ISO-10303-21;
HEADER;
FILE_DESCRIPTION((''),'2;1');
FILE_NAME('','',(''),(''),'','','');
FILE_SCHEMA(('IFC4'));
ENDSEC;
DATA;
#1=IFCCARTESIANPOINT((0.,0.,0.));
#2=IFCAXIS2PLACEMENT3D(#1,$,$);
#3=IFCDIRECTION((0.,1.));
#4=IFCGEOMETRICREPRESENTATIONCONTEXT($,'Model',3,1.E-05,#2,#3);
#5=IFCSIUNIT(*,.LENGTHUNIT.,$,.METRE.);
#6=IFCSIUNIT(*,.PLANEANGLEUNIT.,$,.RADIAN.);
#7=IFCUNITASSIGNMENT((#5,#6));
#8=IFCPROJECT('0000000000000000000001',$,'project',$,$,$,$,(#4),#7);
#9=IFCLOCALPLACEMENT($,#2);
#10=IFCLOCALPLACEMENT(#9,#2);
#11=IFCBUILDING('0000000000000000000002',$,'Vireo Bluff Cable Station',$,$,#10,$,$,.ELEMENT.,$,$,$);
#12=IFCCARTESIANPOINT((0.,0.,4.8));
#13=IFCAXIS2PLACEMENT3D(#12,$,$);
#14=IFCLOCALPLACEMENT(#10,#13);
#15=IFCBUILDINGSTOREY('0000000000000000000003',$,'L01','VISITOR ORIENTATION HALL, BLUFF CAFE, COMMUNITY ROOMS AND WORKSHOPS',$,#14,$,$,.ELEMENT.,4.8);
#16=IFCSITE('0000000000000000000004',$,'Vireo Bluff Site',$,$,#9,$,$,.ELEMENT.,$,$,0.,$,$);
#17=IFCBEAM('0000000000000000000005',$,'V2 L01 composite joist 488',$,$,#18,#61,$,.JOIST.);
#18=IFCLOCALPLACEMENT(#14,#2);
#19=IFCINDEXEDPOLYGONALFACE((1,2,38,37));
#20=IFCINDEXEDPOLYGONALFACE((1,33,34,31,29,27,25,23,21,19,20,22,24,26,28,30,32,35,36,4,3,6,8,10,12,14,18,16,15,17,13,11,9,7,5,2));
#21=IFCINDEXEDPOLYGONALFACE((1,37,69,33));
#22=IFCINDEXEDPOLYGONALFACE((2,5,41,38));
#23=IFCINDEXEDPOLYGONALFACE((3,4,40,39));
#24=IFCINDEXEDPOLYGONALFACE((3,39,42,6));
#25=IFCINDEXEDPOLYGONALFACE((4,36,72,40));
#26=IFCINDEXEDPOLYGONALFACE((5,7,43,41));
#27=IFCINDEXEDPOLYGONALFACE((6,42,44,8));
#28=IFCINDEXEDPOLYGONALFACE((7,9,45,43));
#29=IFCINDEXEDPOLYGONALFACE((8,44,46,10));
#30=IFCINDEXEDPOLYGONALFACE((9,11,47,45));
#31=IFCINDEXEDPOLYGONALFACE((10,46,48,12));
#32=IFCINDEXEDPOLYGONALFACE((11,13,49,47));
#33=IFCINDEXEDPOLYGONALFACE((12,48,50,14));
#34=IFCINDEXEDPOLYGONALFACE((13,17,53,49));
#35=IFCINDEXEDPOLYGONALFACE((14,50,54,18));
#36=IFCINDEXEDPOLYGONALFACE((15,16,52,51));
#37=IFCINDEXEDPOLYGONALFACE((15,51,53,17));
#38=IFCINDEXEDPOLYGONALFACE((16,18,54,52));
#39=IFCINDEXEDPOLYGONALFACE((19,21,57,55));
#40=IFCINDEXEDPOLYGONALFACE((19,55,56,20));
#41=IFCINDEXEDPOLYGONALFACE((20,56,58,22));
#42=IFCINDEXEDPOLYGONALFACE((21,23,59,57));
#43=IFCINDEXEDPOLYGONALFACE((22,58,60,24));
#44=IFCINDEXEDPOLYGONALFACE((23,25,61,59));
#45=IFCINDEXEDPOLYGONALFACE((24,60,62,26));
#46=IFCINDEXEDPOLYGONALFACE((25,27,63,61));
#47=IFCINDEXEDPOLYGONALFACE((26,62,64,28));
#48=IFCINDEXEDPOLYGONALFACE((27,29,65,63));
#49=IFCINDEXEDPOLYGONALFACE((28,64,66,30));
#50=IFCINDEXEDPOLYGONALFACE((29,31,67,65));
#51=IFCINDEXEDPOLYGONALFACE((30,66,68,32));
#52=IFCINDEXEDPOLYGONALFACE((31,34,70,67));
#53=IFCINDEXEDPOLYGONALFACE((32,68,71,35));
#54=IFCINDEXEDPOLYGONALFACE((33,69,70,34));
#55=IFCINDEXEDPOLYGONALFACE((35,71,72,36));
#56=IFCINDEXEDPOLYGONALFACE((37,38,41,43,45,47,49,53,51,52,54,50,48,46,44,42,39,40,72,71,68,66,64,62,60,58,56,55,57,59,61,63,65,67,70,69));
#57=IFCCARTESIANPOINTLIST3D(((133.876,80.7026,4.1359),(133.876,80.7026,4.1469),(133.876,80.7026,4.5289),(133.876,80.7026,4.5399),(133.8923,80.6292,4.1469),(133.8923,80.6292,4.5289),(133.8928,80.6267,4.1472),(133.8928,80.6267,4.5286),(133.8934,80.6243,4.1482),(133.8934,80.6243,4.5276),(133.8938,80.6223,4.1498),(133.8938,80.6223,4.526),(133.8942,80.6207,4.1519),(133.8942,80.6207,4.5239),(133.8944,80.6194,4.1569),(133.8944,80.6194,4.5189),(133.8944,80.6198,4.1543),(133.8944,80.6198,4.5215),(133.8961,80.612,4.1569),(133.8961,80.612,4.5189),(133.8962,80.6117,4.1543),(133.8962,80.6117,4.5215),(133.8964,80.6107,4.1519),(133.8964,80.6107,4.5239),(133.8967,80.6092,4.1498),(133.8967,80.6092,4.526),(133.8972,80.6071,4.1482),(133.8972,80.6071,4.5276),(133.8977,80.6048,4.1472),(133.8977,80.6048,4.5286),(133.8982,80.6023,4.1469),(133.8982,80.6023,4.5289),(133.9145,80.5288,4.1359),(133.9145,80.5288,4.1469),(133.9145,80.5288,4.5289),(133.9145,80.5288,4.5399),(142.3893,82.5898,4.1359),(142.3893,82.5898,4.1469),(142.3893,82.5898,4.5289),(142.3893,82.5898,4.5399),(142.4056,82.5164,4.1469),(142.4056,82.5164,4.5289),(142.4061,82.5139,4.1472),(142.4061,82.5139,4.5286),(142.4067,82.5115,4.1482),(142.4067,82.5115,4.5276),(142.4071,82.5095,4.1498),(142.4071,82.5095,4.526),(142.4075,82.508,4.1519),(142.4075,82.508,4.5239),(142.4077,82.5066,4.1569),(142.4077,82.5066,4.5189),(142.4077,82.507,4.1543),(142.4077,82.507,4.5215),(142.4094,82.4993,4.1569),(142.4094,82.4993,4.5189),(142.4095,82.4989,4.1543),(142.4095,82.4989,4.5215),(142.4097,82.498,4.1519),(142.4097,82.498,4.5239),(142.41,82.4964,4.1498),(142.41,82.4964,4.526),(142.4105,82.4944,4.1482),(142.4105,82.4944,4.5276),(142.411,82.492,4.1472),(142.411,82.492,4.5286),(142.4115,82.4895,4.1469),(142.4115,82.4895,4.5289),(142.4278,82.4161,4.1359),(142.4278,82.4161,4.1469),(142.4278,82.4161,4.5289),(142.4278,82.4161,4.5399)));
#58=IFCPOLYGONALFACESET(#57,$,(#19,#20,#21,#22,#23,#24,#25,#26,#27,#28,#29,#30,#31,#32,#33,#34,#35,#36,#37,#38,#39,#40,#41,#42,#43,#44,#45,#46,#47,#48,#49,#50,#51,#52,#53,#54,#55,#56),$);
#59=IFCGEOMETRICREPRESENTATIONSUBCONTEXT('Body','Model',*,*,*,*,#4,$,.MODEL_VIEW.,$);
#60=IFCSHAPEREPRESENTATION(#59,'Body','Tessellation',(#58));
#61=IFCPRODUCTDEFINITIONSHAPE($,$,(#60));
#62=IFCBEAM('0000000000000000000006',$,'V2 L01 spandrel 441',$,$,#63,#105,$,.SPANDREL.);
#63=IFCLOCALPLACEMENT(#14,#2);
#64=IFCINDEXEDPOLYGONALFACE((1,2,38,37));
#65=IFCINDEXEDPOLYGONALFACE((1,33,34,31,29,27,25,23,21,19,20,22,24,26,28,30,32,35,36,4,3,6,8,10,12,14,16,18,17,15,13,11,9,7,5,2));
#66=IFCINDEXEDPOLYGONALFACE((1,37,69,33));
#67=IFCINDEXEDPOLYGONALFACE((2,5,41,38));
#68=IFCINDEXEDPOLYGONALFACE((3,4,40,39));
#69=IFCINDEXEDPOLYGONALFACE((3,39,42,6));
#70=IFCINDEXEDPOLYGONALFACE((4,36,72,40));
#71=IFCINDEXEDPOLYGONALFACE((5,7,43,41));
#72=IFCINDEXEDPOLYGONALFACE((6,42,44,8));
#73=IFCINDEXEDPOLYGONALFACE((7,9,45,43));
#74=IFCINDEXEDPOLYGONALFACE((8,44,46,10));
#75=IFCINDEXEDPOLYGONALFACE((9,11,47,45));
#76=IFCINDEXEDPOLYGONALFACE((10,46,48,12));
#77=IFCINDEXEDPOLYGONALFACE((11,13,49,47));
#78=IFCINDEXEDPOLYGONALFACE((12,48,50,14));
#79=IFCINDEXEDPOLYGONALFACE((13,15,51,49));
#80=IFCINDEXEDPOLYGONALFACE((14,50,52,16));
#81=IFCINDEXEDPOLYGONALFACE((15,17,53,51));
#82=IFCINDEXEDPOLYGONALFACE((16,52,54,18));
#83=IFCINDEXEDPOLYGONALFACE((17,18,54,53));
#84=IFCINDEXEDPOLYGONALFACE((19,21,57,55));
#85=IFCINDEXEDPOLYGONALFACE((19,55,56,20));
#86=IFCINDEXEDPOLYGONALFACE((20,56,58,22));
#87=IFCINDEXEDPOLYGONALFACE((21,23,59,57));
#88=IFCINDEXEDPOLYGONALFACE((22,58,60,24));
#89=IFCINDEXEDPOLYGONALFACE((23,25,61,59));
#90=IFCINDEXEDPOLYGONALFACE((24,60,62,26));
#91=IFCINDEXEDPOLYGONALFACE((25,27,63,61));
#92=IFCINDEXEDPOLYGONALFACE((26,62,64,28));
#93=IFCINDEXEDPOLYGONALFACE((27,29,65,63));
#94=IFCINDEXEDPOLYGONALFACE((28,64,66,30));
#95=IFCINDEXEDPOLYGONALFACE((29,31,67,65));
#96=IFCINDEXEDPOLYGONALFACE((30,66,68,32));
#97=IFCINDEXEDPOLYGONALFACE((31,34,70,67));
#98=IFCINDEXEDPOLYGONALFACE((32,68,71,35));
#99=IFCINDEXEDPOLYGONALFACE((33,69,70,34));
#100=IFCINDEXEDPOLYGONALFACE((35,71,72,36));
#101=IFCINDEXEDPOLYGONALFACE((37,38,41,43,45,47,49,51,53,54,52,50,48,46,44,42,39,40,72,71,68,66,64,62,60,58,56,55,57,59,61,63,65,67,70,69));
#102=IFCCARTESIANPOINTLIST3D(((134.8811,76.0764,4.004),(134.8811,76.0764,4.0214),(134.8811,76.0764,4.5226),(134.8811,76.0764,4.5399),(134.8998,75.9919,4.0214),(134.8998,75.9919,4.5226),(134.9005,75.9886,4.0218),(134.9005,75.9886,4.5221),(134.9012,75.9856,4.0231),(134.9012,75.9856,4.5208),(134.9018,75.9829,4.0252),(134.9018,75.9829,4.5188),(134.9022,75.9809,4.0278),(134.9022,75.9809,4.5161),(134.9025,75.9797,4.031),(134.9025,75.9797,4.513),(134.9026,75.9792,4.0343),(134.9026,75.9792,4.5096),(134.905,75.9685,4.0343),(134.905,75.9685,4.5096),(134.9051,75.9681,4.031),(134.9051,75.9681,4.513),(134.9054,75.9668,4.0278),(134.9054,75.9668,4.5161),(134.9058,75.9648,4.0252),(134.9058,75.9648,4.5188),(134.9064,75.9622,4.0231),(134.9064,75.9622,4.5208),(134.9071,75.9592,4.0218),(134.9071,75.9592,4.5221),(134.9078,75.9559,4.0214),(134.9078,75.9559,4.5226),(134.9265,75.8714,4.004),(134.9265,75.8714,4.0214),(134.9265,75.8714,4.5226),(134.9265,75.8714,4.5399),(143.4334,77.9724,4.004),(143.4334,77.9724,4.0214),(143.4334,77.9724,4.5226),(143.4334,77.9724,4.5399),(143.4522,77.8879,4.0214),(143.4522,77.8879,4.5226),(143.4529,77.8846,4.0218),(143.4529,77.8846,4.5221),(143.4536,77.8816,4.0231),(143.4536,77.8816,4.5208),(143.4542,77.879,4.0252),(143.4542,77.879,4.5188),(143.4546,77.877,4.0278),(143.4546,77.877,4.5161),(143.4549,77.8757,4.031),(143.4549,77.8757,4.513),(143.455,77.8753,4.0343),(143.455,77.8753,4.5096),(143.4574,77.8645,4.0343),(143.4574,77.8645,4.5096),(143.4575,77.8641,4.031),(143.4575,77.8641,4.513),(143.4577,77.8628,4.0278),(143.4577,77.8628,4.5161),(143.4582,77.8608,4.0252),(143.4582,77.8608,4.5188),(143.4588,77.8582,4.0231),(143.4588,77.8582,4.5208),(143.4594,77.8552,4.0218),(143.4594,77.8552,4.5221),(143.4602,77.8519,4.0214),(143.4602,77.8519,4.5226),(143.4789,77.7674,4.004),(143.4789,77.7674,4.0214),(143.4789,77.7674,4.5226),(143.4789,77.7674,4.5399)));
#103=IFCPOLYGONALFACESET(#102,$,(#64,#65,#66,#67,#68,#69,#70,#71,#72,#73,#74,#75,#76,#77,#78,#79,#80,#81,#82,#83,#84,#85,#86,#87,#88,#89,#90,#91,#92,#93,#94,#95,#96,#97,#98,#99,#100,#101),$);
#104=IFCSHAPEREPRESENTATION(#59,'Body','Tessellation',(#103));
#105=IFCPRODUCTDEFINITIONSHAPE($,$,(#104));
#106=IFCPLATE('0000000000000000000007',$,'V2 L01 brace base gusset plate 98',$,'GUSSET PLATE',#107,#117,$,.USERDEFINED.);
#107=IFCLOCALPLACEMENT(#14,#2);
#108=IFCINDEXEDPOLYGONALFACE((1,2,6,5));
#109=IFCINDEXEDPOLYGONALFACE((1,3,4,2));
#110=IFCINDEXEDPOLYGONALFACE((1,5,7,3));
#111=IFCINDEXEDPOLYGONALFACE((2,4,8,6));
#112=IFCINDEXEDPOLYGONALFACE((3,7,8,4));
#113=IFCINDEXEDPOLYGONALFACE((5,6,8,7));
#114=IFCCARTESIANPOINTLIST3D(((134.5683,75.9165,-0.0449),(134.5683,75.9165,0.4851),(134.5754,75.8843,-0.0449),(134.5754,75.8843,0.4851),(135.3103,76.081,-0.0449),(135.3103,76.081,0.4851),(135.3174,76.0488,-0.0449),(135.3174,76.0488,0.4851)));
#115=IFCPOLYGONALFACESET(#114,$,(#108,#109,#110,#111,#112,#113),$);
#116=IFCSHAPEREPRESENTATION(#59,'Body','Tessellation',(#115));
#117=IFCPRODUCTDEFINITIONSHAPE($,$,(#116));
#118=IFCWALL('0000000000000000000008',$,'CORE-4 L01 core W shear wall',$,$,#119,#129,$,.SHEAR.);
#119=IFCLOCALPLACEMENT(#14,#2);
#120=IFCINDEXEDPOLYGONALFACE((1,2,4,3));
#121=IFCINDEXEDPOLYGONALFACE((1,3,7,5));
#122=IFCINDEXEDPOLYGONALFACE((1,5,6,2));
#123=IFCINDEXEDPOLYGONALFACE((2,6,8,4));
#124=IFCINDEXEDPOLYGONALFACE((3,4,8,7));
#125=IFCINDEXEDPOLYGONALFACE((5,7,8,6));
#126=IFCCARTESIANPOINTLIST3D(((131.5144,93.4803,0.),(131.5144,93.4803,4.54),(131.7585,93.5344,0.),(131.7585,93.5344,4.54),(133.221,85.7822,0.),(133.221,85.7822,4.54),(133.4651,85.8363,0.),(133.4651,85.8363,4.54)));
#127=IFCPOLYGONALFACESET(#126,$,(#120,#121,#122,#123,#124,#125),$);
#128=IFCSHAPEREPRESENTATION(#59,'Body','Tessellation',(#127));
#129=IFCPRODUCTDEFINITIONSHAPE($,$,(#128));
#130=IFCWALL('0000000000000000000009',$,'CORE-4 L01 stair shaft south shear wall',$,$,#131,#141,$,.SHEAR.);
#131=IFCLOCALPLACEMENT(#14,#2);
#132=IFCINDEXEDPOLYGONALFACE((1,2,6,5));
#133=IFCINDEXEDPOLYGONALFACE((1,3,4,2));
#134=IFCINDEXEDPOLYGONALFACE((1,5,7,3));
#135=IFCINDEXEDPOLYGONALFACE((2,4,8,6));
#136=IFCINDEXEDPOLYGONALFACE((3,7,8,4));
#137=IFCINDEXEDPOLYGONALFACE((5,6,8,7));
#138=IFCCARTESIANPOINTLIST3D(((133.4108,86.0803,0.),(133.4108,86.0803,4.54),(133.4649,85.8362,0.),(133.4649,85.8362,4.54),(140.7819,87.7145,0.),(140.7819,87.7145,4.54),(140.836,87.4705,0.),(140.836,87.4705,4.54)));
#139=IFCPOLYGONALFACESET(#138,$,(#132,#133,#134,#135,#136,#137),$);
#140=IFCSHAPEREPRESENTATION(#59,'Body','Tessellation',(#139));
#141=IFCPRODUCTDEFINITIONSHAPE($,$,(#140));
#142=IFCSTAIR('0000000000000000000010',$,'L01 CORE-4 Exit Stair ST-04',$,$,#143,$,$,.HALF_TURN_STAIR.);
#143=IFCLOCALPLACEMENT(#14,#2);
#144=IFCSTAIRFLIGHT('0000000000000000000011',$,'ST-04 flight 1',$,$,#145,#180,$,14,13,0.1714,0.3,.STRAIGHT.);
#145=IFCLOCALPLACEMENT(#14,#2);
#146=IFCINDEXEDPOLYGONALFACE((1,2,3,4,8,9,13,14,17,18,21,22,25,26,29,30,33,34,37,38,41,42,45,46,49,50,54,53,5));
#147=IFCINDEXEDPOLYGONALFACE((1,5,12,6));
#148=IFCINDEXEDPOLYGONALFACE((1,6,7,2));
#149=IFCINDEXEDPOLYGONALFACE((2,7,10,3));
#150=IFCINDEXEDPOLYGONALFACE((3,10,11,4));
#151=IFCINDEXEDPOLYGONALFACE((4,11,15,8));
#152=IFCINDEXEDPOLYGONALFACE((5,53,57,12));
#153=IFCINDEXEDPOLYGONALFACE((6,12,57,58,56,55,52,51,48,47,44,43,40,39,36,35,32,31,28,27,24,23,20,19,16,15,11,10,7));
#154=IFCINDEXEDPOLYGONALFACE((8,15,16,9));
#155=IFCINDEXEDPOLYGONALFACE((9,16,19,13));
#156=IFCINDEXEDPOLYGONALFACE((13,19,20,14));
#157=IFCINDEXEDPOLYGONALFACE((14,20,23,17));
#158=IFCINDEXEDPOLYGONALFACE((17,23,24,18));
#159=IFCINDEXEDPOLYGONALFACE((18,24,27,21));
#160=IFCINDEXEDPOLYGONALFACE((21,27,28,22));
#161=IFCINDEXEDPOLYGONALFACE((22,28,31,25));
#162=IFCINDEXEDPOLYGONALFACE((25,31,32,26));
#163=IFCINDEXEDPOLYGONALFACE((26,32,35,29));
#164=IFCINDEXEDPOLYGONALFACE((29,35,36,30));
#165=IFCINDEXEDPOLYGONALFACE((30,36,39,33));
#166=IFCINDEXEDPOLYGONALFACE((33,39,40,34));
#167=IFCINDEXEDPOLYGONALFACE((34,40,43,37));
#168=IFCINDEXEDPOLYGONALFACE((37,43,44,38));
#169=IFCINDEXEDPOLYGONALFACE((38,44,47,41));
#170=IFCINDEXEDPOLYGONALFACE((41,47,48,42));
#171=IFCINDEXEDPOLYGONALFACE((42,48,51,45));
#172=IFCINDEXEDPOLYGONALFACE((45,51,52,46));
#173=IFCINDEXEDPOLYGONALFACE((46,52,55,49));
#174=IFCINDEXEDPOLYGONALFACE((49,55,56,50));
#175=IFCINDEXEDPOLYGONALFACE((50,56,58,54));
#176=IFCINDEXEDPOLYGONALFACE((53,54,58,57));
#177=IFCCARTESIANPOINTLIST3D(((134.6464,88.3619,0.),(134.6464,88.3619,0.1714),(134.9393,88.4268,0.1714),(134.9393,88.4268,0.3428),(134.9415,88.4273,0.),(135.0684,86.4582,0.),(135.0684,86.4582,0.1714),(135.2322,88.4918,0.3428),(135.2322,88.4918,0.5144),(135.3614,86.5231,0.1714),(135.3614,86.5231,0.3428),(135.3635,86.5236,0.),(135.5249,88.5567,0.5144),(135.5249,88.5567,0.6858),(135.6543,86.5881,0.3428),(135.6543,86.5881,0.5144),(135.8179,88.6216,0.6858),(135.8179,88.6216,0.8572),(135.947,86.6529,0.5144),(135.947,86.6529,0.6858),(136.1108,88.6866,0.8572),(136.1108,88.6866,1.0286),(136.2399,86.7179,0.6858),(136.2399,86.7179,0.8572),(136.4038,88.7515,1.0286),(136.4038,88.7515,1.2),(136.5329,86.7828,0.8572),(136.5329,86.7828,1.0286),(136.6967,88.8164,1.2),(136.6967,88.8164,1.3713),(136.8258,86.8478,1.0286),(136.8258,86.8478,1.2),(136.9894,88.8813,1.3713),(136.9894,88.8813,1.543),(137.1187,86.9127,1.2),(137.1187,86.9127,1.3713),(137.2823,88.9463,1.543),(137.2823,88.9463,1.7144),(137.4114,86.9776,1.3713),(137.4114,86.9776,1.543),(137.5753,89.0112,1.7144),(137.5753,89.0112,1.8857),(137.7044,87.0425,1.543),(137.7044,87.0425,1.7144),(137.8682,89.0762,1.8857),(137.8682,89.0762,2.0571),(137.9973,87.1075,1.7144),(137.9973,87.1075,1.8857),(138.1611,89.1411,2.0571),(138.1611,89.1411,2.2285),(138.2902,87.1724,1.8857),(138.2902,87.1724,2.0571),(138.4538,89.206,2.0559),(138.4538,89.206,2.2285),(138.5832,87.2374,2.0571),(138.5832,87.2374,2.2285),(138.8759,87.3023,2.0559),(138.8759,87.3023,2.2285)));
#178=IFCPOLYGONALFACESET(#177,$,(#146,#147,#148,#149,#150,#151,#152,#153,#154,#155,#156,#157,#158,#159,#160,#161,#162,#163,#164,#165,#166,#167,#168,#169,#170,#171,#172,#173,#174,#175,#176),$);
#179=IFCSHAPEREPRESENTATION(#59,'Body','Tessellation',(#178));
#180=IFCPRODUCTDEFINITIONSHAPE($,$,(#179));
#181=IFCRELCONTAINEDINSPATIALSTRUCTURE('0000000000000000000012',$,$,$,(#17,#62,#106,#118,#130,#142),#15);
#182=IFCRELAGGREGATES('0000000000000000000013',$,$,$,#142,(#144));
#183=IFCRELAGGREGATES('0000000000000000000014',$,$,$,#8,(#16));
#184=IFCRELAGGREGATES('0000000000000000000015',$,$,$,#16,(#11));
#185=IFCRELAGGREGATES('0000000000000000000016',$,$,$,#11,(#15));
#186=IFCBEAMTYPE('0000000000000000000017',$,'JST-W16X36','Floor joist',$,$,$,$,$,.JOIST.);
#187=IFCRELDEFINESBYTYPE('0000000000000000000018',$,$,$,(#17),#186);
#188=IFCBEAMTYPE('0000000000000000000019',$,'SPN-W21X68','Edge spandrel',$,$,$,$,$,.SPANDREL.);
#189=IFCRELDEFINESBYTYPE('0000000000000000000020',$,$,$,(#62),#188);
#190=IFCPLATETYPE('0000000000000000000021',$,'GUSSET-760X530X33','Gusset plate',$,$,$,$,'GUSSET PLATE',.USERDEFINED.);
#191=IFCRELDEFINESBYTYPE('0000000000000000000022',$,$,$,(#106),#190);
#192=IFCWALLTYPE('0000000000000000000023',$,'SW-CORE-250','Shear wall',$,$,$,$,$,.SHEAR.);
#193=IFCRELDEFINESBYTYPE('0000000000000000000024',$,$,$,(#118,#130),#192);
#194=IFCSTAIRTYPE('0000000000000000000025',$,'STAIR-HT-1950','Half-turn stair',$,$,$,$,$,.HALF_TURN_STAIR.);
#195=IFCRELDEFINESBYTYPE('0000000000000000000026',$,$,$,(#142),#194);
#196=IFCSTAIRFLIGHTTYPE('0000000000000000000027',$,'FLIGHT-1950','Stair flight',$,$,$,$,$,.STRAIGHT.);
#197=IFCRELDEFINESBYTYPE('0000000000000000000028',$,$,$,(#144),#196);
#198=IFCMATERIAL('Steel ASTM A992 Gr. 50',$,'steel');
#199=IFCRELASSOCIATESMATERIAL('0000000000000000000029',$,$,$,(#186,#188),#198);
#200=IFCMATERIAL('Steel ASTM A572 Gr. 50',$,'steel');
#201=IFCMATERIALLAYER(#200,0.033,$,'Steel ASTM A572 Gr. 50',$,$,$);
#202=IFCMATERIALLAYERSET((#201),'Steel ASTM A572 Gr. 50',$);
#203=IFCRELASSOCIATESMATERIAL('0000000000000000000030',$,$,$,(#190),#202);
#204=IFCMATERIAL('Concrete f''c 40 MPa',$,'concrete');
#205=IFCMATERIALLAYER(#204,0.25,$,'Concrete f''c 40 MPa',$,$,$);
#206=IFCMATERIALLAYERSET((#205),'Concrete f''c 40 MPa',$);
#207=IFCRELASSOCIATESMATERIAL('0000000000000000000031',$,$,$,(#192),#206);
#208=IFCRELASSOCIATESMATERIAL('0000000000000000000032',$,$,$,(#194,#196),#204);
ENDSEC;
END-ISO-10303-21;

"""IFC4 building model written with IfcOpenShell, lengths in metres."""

from ifc_helpers import new_model, si_unit, direction, frame, frame_2d, origin, origin_2d, place, context, subcontext, project, spatial, polyline, rectangle, i_section, outline, extrude, material, layer, layer_set, material_profile, profile_set, type_object, element, aggregate, save


model = new_model("IFC4")

# Units and contexts
model_context = context("Model", 3, precision=1e-05, world=origin(), true_north=direction((0.0, 1.0)))
body_context = subcontext(model_context, "Body", "Model", "MODEL_VIEW")
ifc_project = project(units=[si_unit("LENGTHUNIT", "METRE"), si_unit("PLANEANGLEUNIT", "RADIAN")], contexts=[model_context])

# Site, building, storey
site_placement = place(None, origin())
site = spatial("IfcSite", under=ifc_project, at=site_placement, Name="Vireo Bluff Site", CompositionType="ELEMENT", RefElevation=0.0)
building_placement = place(site_placement, origin())
building = spatial("IfcBuilding", under=site, at=building_placement, Name="Vireo Bluff Cable Station", CompositionType="ELEMENT")
storey_placement = place(building_placement, frame((0.0, 0.0, 4.8)))
storey = spatial("IfcBuildingStorey", under=building, at=storey_placement, Name="L01", Description="VISITOR ORIENTATION HALL, BLUFF CAFE, COMMUNITY ROOMS AND WORKSHOPS", CompositionType="ELEMENT", Elevation=4.8)

# Shared definitions
ifc_material_1 = material(Name="Steel ASTM A992 Gr. 50", Category="steel")

# Beams
ifc_material_profile_1 = material_profile(ifc_material_1, i_section(OverallWidth=0.178, OverallDepth=0.4041, WebThickness=0.0076, FlangeThickness=0.011, FilletRadius=0.01, at=origin_2d()), Name="W16X36")
ifc_profile_set_1 = profile_set([ifc_material_profile_1], Name="Steel ASTM A992 Gr. 50")
beam_type_1 = type_object("IfcBeamType", Name="JST-W16X36", Description="Floor joist", PredefinedType="JOIST", material=ifc_profile_set_1)
beam_1_placement = place(storey_placement, frame((133.8953, 80.6157, 4.3379), z_axis=(0.976299, 0.216426, 0.0), x_axis=(-0.216426, 0.976299, 0.0)))
element("IfcBeam", 1, at=beam_1_placement, inside=storey, type_object=beam_type_1, Name="V2 L01 composite joist 488", PredefinedType="JOIST", context=body_context, shape_type="SweptSolid", body=[
    extrude(i_section(OverallWidth=0.178, OverallDepth=0.4041, WebThickness=0.0076, FlangeThickness=0.011, FilletRadius=0.01, at=origin_2d()), origin(), (0.0, 0.0, 1.0), 8.72),
])
ifc_material_profile_2 = material_profile(ifc_material_1, i_section(OverallWidth=0.21, OverallDepth=0.5359, WebThickness=0.011, FlangeThickness=0.0173, FilletRadius=0.0129, at=origin_2d()), Name="W21X68")
ifc_profile_set_2 = profile_set([ifc_material_profile_2], Name="Steel ASTM A992 Gr. 50")
beam_type_2 = type_object("IfcBeamType", Name="SPN-W21X68", Description="Edge spandrel", PredefinedType="SPANDREL", material=ifc_profile_set_2)
beam_2_placement = place(storey_placement, frame((134.9038, 75.9739, 4.272), z_axis=(0.976296, 0.216441, 0.0), x_axis=(-0.216441, 0.976296, 0.0)))
element("IfcBeam", 2, at=beam_2_placement, inside=storey, type_object=beam_type_2, Name="V2 L01 spandrel 441", PredefinedType="SPANDREL", context=body_context, shape_type="SweptSolid", body=[
    extrude(i_section(OverallWidth=0.21, OverallDepth=0.5359, WebThickness=0.011, FlangeThickness=0.0173, FilletRadius=0.0129, at=origin_2d()), origin(), (0.0, 0.0, 1.0), 8.76),
])

# Plate
ifc_material_2 = material(Name="Steel ASTM A572 Gr. 50", Category="steel")
ifc_layer_1 = layer(ifc_material_2, 0.033, Name="Steel ASTM A572 Gr. 50")
ifc_layer_set_1 = layer_set([ifc_layer_1], Name="Steel ASTM A572 Gr. 50")
plate_type = type_object("IfcPlateType", Name="GUSSET-760X530X33", Description="Gusset plate", ElementType="GUSSET PLATE", PredefinedType="USERDEFINED", material=ifc_layer_set_1)
plate_placement = place(storey_placement, frame((134.9429, 75.9827, -0.0449), z_axis=(0.0, 0.0, 1.0), x_axis=(0.976296, 0.21644, 0.0)))
element("IfcPlate", 3, at=plate_placement, inside=storey, type_object=plate_type, Name="V2 L01 brace base gusset plate 98", ObjectType="GUSSET PLATE", PredefinedType="USERDEFINED", context=body_context, shape_type="SweptSolid", body=[
    extrude(rectangle(XDim=0.76, YDim=0.033, at=origin_2d()), origin(), (0.0, 0.0, 1.0), 0.53),
])

# Walls
ifc_material_3 = material(Name="Concrete f'c 40 MPa", Category="concrete")
ifc_layer_2 = layer(ifc_material_3, 0.25, Name="Concrete f'c 40 MPa")
ifc_layer_set_2 = layer_set([ifc_layer_2], Name="Concrete f'c 40 MPa")
wall_type = type_object("IfcWallType", Name="SW-CORE-250", Description="Shear wall", PredefinedType="SHEAR", material=ifc_layer_set_2)
wall_1_placement = place(storey_placement, frame((133.343, 85.8093, 0.0), z_axis=(0.0, 0.0, 1.0), x_axis=(-0.216432, 0.976298, 0.0)))
element("IfcWall", 4, at=wall_1_placement, inside=storey, type_object=wall_type, Name="CORE-4 L01 core W shear wall", PredefinedType="SHEAR", context=body_context, shape_type="SweptSolid", body=[
    extrude(rectangle(XDim=7.885, YDim=0.25, at=frame_2d((3.9424, 0.0))), origin(), (0.0, 0.0, 1.0), 4.54),
])
wall_2_placement = place(storey_placement, frame((133.438, 85.9583, 0.0), z_axis=(0.0, 0.0, 1.0), x_axis=(0.976292, 0.216458, 0.0)))
element("IfcWall", 5, at=wall_2_placement, inside=storey, type_object=wall_type, Name="CORE-4 L01 stair shaft south shear wall", PredefinedType="SHEAR", context=body_context, shape_type="SweptSolid", body=[
    extrude(rectangle(XDim=7.55, YDim=0.25, at=frame_2d((3.7749, 0.0))), origin(), (0.0, 0.0, 1.0), 4.54),
])

# Stair, stair flight
stair_type = type_object("IfcStairType", Name="STAIR-HT-1950", Description="Half-turn stair", PredefinedType="HALF_TURN_STAIR", material=ifc_material_3)
stair_placement = place(storey_placement, origin())
stair = element("IfcStair", 6, at=stair_placement, inside=storey, type_object=stair_type, Name="L01 CORE-4 Exit Stair ST-04", PredefinedType="HALF_TURN_STAIR")
stair_flight_type = type_object("IfcStairFlightType", Name="FLIGHT-1950", Description="Stair flight", PredefinedType="STRAIGHT", material=ifc_material_3)
stair_flight_1_placement = place(storey_placement, frame((134.8574, 87.4099, 0.0), z_axis=(0.0, 0.0, 1.0), x_axis=(0.976296, 0.21644, 0.0)))
stair_flight_1 = element("IfcStairFlight", 7, at=stair_flight_1_placement, type_object=stair_flight_type, Name="ST-04 flight 1", NumberOfRisers=14, NumberOfTreads=13, PredefinedType="STRAIGHT", RiserHeight=0.1714, TreadLength=0.3, context=body_context, shape_type="SweptSolid", body=[
    extrude(outline(polyline([(0.0, 0.0), (0.0, 0.1714), (0.3, 0.1714), (0.3, 0.3428), (0.6001, 0.3428), (0.6001, 0.5144), (0.8999, 0.5144), (0.8999, 0.6858), (1.2, 0.6858), (1.2, 0.8572), (1.5, 0.8572), (1.5, 1.0286), (1.8, 1.0286), (1.8, 1.2), (2.1001, 1.2), (2.1001, 1.3713), (2.3999, 1.3713), (2.3999, 1.543), (2.7, 1.543), (2.7, 1.7144), (3.0, 1.7144), (3.0, 1.8857), (3.3, 1.8857), (3.3, 2.0571), (3.6001, 2.0571), (3.6001, 2.2285), (3.8999, 2.2285), (3.8999, 2.3999), (3.8999, 2.0559), (0.3022, 0.0), (0.0, 0.0)])), frame((0.0, 0.9751, 0.0), z_axis=(0.0, -1.0, 0.0), x_axis=(1.0, 0.0, 0.0)), (0.0, 0.0, 1.0), 1.95),
])
aggregate(stair, [stair_flight_1])

save(model, "model.ifc")
